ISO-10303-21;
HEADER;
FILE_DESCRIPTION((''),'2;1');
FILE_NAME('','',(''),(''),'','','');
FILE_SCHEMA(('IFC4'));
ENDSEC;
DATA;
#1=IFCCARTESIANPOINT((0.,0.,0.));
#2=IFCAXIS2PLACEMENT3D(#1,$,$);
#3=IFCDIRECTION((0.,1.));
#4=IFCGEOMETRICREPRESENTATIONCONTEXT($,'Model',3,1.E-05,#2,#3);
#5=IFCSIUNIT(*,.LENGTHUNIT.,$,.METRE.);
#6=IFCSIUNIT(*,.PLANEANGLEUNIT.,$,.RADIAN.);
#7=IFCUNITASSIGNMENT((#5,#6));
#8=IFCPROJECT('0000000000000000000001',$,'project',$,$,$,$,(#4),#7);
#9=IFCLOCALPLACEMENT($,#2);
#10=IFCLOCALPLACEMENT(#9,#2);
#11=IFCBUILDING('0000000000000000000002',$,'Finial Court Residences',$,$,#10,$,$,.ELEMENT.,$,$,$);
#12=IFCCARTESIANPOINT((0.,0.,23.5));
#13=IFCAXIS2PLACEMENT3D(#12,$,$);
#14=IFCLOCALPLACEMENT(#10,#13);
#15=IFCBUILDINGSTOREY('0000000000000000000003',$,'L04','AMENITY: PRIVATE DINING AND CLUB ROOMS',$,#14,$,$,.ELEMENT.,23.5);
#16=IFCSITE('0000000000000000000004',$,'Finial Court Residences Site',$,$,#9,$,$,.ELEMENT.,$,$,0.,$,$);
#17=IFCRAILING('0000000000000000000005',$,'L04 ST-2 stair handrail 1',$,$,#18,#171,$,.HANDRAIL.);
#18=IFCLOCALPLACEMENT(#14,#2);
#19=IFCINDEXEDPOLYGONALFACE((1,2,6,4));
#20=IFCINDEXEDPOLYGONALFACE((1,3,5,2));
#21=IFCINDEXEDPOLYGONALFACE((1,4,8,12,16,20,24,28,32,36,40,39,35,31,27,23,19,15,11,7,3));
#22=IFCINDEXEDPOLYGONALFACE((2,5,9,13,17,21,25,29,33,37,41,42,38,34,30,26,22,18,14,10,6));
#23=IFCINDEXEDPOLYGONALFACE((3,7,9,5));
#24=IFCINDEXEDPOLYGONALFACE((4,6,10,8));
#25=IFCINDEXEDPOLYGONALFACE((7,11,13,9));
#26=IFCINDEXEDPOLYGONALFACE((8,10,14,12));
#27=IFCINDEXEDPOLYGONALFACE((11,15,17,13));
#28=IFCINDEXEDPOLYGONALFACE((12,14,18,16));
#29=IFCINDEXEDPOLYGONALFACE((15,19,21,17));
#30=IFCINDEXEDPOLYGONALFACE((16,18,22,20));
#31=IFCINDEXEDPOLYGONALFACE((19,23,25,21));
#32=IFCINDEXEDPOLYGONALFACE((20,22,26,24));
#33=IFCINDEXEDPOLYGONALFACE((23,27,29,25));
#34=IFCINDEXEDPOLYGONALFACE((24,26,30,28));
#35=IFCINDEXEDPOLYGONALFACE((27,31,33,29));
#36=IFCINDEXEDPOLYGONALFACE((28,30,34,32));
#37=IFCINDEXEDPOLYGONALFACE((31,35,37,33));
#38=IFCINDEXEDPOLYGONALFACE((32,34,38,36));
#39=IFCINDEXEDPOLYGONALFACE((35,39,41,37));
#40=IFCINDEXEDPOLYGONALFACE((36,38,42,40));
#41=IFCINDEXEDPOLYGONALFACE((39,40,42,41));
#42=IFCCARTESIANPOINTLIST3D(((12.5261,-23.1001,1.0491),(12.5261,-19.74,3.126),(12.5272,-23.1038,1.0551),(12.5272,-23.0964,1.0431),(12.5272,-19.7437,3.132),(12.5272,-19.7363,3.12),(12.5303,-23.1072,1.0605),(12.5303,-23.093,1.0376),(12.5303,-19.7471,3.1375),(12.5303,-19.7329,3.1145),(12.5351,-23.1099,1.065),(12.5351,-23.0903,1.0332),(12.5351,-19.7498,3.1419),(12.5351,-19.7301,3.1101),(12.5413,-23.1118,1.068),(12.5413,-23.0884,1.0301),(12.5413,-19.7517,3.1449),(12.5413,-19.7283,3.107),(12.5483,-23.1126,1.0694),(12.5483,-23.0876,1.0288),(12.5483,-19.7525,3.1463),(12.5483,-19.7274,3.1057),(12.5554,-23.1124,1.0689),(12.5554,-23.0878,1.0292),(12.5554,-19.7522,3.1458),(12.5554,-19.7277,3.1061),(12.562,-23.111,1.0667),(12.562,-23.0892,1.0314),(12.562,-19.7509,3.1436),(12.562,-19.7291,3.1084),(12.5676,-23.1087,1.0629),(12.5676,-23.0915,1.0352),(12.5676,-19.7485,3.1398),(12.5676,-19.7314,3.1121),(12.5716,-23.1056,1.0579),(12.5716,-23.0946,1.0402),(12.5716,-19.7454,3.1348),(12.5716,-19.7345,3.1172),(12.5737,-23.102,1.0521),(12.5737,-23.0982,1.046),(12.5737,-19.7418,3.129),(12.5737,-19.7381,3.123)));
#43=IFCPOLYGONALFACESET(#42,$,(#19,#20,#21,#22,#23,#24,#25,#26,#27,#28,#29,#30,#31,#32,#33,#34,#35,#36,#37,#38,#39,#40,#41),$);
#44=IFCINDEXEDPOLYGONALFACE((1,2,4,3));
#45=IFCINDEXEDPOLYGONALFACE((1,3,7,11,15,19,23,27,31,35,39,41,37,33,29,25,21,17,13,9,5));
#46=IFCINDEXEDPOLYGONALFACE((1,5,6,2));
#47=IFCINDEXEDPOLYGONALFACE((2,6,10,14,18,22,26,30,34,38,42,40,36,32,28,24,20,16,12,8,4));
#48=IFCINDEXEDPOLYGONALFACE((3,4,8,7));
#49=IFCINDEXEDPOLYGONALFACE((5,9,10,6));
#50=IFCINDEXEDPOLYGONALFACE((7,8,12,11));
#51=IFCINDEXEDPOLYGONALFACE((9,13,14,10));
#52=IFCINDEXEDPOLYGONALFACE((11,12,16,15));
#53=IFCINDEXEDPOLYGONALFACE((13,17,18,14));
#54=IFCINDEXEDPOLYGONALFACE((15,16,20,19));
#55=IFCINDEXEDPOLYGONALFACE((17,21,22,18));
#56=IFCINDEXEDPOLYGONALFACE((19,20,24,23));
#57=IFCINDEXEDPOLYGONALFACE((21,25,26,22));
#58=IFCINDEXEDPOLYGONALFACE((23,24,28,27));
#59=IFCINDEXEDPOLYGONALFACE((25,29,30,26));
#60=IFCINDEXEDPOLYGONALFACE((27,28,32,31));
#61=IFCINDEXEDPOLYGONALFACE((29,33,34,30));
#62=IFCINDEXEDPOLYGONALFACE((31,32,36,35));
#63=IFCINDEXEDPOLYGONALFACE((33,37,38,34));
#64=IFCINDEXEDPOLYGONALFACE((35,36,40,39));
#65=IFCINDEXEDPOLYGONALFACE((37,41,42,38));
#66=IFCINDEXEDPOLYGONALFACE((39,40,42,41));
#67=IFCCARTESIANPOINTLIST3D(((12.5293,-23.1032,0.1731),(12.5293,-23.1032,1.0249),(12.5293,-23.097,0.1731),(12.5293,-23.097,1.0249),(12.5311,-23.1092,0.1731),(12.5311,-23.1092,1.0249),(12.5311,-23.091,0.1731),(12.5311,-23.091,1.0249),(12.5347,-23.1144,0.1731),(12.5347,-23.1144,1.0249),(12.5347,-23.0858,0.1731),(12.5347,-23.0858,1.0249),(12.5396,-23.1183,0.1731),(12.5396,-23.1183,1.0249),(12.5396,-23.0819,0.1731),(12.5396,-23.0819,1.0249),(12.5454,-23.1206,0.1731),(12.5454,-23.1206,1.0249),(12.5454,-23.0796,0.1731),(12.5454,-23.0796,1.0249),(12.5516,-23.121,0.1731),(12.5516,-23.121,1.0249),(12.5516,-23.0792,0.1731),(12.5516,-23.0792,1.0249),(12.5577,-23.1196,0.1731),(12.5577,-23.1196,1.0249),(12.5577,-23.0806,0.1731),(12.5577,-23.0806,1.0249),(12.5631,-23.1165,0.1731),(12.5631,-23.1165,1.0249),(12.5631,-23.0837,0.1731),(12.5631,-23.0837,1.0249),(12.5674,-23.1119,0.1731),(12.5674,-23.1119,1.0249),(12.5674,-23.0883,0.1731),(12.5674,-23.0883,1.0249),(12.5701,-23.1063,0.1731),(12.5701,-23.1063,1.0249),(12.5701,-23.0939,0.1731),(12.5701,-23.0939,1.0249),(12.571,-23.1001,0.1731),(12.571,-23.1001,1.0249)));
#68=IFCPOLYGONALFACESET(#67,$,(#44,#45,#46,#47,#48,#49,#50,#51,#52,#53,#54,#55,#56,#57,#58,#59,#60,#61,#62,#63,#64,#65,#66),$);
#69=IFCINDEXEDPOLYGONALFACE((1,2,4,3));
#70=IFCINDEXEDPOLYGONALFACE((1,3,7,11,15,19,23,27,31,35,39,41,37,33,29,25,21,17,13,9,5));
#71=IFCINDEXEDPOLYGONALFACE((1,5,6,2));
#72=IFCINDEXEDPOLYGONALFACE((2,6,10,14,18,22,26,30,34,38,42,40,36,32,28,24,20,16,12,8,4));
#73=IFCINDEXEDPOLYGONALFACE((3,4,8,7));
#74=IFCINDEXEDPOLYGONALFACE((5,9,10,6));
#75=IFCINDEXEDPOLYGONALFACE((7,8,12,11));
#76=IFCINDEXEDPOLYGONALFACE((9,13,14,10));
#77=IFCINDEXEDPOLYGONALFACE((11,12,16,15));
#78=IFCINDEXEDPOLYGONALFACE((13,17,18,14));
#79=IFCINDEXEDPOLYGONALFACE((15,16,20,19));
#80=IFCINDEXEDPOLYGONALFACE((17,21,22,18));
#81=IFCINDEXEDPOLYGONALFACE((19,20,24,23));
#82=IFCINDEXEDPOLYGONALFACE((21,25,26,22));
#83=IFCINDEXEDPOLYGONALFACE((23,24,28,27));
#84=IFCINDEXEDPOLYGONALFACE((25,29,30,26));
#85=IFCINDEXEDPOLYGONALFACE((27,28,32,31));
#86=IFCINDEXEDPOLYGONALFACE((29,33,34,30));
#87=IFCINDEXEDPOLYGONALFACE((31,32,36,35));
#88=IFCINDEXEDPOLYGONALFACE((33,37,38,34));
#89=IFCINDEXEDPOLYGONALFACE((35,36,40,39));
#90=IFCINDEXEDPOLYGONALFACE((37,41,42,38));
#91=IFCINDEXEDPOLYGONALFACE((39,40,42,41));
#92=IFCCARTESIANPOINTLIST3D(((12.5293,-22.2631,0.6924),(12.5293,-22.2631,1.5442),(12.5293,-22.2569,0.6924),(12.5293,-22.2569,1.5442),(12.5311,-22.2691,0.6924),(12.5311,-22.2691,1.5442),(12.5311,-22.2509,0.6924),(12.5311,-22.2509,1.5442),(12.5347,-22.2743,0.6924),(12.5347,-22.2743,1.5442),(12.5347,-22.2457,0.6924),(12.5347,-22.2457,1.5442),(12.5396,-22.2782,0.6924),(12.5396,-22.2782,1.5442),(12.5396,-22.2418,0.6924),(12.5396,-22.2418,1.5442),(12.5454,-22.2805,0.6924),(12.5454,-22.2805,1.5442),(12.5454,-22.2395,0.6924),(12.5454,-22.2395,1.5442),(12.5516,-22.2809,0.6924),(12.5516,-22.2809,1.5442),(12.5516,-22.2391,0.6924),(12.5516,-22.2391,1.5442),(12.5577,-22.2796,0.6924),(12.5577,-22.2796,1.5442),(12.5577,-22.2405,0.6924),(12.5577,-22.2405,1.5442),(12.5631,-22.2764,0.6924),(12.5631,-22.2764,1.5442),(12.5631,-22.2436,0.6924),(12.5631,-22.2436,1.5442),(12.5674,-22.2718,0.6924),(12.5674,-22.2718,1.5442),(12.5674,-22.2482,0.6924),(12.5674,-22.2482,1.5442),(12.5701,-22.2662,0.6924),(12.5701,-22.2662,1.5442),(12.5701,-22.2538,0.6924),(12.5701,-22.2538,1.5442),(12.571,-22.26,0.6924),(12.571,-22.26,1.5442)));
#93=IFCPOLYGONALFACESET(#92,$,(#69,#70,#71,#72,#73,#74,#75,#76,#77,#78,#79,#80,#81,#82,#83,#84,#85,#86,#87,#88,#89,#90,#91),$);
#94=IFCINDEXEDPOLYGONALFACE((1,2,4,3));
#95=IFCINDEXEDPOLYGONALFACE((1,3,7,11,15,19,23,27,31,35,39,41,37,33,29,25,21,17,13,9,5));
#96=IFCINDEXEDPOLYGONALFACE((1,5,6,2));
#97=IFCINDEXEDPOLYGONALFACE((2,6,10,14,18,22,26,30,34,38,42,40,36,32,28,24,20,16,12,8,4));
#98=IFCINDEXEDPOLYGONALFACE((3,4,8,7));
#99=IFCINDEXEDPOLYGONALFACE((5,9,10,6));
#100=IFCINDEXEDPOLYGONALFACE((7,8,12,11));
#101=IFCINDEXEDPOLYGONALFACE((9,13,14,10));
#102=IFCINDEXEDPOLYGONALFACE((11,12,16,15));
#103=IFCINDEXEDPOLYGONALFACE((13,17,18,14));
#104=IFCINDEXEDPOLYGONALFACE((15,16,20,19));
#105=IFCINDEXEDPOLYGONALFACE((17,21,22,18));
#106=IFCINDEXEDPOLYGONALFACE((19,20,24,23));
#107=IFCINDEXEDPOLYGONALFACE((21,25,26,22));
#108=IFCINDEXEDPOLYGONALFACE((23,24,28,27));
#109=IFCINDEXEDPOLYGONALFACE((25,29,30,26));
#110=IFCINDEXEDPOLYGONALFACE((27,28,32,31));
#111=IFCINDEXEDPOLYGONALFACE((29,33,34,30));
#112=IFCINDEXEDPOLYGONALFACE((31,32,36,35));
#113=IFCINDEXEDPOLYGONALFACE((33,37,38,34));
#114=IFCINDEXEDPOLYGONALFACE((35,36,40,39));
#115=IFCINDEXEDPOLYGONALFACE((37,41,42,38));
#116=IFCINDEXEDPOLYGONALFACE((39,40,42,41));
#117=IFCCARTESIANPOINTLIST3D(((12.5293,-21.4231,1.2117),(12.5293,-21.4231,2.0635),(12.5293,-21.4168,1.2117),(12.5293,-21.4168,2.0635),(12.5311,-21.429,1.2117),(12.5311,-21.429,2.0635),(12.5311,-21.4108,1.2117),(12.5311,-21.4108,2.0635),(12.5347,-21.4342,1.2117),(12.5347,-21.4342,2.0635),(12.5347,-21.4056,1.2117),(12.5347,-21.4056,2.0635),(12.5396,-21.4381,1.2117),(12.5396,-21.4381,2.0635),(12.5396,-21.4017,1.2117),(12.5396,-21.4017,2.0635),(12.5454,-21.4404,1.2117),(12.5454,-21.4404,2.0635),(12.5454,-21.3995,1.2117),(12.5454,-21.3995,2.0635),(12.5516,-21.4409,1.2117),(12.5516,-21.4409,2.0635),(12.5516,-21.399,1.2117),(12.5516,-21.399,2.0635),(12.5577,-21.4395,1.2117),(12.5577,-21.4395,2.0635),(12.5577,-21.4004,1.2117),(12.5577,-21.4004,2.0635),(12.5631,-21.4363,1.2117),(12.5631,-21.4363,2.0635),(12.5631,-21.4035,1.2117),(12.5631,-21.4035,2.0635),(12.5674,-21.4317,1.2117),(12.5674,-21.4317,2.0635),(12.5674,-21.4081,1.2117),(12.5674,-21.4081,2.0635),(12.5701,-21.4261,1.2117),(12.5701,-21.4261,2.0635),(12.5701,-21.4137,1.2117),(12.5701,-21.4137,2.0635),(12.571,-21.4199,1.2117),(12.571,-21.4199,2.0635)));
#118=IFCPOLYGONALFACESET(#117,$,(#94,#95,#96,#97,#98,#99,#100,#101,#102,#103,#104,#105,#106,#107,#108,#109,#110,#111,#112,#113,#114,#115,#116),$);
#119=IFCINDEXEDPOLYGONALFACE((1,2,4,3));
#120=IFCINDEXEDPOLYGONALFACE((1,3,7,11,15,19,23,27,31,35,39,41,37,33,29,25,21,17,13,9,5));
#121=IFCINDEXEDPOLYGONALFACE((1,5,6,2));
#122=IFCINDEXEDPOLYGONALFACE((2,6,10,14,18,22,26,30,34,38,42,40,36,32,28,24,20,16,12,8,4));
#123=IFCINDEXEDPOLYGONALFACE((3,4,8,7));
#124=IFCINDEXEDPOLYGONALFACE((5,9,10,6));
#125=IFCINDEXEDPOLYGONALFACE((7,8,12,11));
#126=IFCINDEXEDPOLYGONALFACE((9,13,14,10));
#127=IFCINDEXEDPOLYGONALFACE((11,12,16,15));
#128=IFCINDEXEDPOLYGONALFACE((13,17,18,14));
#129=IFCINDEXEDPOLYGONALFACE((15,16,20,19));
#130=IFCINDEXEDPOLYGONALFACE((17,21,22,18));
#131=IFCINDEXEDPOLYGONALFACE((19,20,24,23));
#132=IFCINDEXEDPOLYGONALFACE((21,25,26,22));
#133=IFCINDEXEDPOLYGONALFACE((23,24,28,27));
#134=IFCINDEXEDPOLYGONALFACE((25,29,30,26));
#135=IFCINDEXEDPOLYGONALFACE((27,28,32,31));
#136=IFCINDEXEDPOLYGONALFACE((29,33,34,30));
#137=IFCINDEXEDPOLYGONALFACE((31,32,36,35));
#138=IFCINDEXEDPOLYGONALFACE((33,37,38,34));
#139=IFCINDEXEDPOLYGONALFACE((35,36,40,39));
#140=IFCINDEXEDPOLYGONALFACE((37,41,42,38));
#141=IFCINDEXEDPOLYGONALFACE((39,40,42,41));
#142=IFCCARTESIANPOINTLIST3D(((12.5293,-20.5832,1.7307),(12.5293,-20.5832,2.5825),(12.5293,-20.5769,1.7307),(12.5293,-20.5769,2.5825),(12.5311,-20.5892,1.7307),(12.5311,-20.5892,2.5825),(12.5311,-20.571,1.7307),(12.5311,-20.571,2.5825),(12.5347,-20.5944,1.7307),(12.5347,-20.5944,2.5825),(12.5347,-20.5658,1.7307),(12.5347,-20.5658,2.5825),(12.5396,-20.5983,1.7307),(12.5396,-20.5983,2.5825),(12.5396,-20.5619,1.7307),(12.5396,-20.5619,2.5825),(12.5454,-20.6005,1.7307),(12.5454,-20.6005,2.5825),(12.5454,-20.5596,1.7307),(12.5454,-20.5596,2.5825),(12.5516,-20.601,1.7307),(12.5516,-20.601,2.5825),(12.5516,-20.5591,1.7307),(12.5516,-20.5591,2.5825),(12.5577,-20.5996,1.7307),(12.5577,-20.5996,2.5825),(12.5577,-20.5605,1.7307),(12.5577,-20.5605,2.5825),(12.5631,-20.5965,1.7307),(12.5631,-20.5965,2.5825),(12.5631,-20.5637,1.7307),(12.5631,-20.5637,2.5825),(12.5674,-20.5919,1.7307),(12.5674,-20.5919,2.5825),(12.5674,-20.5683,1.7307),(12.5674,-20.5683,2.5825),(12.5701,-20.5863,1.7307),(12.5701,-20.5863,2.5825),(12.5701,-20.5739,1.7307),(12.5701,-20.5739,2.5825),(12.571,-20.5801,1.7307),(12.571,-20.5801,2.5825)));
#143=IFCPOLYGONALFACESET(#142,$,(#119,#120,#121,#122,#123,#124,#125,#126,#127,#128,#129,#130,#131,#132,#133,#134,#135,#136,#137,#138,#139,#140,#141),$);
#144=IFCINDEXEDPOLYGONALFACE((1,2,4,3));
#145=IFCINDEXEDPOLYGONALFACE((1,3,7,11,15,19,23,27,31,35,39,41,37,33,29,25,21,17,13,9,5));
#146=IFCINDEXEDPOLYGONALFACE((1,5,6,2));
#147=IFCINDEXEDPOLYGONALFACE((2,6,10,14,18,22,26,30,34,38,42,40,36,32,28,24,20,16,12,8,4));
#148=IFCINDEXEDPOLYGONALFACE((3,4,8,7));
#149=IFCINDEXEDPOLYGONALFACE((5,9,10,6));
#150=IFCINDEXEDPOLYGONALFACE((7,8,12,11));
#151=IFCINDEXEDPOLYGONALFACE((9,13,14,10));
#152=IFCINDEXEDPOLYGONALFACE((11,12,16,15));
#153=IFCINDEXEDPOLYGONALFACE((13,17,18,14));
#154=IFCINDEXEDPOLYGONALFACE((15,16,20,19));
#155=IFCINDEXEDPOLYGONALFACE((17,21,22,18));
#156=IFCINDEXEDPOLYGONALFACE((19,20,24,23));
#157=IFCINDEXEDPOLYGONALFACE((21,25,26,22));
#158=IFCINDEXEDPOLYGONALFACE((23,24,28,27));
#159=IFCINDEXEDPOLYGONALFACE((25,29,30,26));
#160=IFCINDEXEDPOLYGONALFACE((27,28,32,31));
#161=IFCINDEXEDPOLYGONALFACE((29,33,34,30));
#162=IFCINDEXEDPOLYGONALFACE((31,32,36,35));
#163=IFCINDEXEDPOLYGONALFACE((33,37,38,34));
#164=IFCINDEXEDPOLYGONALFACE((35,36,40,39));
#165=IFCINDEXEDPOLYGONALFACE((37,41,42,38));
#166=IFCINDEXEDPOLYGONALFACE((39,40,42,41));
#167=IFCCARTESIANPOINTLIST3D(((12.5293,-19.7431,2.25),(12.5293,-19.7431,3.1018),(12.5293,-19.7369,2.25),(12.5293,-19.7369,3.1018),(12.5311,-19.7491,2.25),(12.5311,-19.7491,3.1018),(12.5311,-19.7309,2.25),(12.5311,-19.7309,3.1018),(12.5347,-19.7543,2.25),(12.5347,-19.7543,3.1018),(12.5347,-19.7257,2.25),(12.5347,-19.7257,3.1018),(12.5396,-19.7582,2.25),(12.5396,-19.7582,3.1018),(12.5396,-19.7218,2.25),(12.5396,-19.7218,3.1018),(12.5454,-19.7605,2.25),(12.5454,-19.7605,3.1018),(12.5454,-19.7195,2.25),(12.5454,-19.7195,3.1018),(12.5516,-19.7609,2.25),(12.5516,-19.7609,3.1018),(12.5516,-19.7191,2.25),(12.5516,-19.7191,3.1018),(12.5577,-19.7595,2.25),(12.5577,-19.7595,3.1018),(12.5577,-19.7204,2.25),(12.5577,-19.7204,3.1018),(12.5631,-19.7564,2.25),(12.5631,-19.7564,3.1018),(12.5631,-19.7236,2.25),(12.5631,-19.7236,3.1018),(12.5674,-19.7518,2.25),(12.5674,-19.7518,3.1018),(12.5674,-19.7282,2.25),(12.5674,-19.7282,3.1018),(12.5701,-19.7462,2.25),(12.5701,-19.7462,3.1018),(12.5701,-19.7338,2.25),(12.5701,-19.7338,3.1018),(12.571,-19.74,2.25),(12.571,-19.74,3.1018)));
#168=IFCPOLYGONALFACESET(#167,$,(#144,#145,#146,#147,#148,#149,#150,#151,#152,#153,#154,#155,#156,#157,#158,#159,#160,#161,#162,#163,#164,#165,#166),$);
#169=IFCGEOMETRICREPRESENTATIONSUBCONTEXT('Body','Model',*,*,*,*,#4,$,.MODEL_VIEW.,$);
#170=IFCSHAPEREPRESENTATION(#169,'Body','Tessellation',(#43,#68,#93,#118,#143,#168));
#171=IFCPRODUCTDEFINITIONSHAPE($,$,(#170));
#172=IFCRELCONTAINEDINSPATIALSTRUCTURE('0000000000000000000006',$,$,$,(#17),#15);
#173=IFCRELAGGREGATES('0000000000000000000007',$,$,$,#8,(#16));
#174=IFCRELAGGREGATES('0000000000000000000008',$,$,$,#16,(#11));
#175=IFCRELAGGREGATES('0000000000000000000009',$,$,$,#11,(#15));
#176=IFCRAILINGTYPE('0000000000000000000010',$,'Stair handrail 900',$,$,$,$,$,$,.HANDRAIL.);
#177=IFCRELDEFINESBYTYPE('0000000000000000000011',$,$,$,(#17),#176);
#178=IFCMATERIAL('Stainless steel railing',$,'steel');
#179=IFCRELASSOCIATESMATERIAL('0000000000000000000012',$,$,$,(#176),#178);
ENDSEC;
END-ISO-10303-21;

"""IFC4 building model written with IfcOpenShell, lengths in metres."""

from ifc_helpers import new_model, si_unit, direction, frame, origin, origin_2d, place, context, subcontext, project, spatial, circle, extrude, material, type_object, element, save


model = new_model("IFC4")

# Units and contexts
model_context = context("Model", 3, precision=1e-05, world=origin(), true_north=direction((0.0, 1.0)))
body_context = subcontext(model_context, "Body", "Model", "MODEL_VIEW")
ifc_project = project(units=[si_unit("LENGTHUNIT", "METRE"), si_unit("PLANEANGLEUNIT", "RADIAN")], contexts=[model_context])

# Site, building, storey
site_placement = place(None, origin())
site = spatial("IfcSite", under=ifc_project, at=site_placement, Name="Finial Court Residences Site", CompositionType="ELEMENT", RefElevation=0.0)
building_placement = place(site_placement, origin())
building = spatial("IfcBuilding", under=site, at=building_placement, Name="Finial Court Residences", CompositionType="ELEMENT")
storey_placement = place(building_placement, frame((0.0, 0.0, 23.5)))
storey = spatial("IfcBuildingStorey", under=building, at=storey_placement, Name="L04", Description="AMENITY: PRIVATE DINING AND CLUB ROOMS", CompositionType="ELEMENT", Elevation=23.5)

# Railing
ifc_material_1 = material(Name="Stainless steel railing", Category="steel")
railing_type_1 = type_object("IfcRailingType", Name="Stair handrail 900", PredefinedType="HANDRAIL", material=ifc_material_1)
railing_1_placement = place(storey_placement, frame((12.55, -23.1001, 0.1731)))
element("IfcRailing", 1, at=railing_1_placement, inside=storey, type_object=railing_type_1, Name="L04 ST-2 stair handrail 1", PredefinedType="HANDRAIL", context=body_context, shape_type="SweptSolid", body=[
    extrude(circle(Radius=0.0239, at=origin_2d()), frame((0.0, 0.0, 0.876), z_axis=(0.0, 0.850623, 0.525776), x_axis=(-1.0, 0.0, 0.0)), (0.0, 0.0, 1.0), 3.9502),
    extrude(circle(Radius=0.021, at=origin_2d()), origin(), (0.0, 0.0, 1.0), 0.8518),
    extrude(circle(Radius=0.021, at=origin_2d()), frame((0.0, 0.8401, 0.5193)), (0.0, 0.0, 1.0), 0.8518),
    extrude(circle(Radius=0.021, at=origin_2d()), frame((0.0, 1.6802, 1.0386)), (0.0, 0.0, 1.0), 0.8518),
    extrude(circle(Radius=0.021, at=origin_2d()), frame((0.0, 2.52, 1.5576)), (0.0, 0.0, 1.0), 0.8518),
    extrude(circle(Radius=0.021, at=origin_2d()), frame((0.0, 3.3601, 2.0769)), (0.0, 0.0, 1.0), 0.8518),
])

save(model, "model.ifc")
